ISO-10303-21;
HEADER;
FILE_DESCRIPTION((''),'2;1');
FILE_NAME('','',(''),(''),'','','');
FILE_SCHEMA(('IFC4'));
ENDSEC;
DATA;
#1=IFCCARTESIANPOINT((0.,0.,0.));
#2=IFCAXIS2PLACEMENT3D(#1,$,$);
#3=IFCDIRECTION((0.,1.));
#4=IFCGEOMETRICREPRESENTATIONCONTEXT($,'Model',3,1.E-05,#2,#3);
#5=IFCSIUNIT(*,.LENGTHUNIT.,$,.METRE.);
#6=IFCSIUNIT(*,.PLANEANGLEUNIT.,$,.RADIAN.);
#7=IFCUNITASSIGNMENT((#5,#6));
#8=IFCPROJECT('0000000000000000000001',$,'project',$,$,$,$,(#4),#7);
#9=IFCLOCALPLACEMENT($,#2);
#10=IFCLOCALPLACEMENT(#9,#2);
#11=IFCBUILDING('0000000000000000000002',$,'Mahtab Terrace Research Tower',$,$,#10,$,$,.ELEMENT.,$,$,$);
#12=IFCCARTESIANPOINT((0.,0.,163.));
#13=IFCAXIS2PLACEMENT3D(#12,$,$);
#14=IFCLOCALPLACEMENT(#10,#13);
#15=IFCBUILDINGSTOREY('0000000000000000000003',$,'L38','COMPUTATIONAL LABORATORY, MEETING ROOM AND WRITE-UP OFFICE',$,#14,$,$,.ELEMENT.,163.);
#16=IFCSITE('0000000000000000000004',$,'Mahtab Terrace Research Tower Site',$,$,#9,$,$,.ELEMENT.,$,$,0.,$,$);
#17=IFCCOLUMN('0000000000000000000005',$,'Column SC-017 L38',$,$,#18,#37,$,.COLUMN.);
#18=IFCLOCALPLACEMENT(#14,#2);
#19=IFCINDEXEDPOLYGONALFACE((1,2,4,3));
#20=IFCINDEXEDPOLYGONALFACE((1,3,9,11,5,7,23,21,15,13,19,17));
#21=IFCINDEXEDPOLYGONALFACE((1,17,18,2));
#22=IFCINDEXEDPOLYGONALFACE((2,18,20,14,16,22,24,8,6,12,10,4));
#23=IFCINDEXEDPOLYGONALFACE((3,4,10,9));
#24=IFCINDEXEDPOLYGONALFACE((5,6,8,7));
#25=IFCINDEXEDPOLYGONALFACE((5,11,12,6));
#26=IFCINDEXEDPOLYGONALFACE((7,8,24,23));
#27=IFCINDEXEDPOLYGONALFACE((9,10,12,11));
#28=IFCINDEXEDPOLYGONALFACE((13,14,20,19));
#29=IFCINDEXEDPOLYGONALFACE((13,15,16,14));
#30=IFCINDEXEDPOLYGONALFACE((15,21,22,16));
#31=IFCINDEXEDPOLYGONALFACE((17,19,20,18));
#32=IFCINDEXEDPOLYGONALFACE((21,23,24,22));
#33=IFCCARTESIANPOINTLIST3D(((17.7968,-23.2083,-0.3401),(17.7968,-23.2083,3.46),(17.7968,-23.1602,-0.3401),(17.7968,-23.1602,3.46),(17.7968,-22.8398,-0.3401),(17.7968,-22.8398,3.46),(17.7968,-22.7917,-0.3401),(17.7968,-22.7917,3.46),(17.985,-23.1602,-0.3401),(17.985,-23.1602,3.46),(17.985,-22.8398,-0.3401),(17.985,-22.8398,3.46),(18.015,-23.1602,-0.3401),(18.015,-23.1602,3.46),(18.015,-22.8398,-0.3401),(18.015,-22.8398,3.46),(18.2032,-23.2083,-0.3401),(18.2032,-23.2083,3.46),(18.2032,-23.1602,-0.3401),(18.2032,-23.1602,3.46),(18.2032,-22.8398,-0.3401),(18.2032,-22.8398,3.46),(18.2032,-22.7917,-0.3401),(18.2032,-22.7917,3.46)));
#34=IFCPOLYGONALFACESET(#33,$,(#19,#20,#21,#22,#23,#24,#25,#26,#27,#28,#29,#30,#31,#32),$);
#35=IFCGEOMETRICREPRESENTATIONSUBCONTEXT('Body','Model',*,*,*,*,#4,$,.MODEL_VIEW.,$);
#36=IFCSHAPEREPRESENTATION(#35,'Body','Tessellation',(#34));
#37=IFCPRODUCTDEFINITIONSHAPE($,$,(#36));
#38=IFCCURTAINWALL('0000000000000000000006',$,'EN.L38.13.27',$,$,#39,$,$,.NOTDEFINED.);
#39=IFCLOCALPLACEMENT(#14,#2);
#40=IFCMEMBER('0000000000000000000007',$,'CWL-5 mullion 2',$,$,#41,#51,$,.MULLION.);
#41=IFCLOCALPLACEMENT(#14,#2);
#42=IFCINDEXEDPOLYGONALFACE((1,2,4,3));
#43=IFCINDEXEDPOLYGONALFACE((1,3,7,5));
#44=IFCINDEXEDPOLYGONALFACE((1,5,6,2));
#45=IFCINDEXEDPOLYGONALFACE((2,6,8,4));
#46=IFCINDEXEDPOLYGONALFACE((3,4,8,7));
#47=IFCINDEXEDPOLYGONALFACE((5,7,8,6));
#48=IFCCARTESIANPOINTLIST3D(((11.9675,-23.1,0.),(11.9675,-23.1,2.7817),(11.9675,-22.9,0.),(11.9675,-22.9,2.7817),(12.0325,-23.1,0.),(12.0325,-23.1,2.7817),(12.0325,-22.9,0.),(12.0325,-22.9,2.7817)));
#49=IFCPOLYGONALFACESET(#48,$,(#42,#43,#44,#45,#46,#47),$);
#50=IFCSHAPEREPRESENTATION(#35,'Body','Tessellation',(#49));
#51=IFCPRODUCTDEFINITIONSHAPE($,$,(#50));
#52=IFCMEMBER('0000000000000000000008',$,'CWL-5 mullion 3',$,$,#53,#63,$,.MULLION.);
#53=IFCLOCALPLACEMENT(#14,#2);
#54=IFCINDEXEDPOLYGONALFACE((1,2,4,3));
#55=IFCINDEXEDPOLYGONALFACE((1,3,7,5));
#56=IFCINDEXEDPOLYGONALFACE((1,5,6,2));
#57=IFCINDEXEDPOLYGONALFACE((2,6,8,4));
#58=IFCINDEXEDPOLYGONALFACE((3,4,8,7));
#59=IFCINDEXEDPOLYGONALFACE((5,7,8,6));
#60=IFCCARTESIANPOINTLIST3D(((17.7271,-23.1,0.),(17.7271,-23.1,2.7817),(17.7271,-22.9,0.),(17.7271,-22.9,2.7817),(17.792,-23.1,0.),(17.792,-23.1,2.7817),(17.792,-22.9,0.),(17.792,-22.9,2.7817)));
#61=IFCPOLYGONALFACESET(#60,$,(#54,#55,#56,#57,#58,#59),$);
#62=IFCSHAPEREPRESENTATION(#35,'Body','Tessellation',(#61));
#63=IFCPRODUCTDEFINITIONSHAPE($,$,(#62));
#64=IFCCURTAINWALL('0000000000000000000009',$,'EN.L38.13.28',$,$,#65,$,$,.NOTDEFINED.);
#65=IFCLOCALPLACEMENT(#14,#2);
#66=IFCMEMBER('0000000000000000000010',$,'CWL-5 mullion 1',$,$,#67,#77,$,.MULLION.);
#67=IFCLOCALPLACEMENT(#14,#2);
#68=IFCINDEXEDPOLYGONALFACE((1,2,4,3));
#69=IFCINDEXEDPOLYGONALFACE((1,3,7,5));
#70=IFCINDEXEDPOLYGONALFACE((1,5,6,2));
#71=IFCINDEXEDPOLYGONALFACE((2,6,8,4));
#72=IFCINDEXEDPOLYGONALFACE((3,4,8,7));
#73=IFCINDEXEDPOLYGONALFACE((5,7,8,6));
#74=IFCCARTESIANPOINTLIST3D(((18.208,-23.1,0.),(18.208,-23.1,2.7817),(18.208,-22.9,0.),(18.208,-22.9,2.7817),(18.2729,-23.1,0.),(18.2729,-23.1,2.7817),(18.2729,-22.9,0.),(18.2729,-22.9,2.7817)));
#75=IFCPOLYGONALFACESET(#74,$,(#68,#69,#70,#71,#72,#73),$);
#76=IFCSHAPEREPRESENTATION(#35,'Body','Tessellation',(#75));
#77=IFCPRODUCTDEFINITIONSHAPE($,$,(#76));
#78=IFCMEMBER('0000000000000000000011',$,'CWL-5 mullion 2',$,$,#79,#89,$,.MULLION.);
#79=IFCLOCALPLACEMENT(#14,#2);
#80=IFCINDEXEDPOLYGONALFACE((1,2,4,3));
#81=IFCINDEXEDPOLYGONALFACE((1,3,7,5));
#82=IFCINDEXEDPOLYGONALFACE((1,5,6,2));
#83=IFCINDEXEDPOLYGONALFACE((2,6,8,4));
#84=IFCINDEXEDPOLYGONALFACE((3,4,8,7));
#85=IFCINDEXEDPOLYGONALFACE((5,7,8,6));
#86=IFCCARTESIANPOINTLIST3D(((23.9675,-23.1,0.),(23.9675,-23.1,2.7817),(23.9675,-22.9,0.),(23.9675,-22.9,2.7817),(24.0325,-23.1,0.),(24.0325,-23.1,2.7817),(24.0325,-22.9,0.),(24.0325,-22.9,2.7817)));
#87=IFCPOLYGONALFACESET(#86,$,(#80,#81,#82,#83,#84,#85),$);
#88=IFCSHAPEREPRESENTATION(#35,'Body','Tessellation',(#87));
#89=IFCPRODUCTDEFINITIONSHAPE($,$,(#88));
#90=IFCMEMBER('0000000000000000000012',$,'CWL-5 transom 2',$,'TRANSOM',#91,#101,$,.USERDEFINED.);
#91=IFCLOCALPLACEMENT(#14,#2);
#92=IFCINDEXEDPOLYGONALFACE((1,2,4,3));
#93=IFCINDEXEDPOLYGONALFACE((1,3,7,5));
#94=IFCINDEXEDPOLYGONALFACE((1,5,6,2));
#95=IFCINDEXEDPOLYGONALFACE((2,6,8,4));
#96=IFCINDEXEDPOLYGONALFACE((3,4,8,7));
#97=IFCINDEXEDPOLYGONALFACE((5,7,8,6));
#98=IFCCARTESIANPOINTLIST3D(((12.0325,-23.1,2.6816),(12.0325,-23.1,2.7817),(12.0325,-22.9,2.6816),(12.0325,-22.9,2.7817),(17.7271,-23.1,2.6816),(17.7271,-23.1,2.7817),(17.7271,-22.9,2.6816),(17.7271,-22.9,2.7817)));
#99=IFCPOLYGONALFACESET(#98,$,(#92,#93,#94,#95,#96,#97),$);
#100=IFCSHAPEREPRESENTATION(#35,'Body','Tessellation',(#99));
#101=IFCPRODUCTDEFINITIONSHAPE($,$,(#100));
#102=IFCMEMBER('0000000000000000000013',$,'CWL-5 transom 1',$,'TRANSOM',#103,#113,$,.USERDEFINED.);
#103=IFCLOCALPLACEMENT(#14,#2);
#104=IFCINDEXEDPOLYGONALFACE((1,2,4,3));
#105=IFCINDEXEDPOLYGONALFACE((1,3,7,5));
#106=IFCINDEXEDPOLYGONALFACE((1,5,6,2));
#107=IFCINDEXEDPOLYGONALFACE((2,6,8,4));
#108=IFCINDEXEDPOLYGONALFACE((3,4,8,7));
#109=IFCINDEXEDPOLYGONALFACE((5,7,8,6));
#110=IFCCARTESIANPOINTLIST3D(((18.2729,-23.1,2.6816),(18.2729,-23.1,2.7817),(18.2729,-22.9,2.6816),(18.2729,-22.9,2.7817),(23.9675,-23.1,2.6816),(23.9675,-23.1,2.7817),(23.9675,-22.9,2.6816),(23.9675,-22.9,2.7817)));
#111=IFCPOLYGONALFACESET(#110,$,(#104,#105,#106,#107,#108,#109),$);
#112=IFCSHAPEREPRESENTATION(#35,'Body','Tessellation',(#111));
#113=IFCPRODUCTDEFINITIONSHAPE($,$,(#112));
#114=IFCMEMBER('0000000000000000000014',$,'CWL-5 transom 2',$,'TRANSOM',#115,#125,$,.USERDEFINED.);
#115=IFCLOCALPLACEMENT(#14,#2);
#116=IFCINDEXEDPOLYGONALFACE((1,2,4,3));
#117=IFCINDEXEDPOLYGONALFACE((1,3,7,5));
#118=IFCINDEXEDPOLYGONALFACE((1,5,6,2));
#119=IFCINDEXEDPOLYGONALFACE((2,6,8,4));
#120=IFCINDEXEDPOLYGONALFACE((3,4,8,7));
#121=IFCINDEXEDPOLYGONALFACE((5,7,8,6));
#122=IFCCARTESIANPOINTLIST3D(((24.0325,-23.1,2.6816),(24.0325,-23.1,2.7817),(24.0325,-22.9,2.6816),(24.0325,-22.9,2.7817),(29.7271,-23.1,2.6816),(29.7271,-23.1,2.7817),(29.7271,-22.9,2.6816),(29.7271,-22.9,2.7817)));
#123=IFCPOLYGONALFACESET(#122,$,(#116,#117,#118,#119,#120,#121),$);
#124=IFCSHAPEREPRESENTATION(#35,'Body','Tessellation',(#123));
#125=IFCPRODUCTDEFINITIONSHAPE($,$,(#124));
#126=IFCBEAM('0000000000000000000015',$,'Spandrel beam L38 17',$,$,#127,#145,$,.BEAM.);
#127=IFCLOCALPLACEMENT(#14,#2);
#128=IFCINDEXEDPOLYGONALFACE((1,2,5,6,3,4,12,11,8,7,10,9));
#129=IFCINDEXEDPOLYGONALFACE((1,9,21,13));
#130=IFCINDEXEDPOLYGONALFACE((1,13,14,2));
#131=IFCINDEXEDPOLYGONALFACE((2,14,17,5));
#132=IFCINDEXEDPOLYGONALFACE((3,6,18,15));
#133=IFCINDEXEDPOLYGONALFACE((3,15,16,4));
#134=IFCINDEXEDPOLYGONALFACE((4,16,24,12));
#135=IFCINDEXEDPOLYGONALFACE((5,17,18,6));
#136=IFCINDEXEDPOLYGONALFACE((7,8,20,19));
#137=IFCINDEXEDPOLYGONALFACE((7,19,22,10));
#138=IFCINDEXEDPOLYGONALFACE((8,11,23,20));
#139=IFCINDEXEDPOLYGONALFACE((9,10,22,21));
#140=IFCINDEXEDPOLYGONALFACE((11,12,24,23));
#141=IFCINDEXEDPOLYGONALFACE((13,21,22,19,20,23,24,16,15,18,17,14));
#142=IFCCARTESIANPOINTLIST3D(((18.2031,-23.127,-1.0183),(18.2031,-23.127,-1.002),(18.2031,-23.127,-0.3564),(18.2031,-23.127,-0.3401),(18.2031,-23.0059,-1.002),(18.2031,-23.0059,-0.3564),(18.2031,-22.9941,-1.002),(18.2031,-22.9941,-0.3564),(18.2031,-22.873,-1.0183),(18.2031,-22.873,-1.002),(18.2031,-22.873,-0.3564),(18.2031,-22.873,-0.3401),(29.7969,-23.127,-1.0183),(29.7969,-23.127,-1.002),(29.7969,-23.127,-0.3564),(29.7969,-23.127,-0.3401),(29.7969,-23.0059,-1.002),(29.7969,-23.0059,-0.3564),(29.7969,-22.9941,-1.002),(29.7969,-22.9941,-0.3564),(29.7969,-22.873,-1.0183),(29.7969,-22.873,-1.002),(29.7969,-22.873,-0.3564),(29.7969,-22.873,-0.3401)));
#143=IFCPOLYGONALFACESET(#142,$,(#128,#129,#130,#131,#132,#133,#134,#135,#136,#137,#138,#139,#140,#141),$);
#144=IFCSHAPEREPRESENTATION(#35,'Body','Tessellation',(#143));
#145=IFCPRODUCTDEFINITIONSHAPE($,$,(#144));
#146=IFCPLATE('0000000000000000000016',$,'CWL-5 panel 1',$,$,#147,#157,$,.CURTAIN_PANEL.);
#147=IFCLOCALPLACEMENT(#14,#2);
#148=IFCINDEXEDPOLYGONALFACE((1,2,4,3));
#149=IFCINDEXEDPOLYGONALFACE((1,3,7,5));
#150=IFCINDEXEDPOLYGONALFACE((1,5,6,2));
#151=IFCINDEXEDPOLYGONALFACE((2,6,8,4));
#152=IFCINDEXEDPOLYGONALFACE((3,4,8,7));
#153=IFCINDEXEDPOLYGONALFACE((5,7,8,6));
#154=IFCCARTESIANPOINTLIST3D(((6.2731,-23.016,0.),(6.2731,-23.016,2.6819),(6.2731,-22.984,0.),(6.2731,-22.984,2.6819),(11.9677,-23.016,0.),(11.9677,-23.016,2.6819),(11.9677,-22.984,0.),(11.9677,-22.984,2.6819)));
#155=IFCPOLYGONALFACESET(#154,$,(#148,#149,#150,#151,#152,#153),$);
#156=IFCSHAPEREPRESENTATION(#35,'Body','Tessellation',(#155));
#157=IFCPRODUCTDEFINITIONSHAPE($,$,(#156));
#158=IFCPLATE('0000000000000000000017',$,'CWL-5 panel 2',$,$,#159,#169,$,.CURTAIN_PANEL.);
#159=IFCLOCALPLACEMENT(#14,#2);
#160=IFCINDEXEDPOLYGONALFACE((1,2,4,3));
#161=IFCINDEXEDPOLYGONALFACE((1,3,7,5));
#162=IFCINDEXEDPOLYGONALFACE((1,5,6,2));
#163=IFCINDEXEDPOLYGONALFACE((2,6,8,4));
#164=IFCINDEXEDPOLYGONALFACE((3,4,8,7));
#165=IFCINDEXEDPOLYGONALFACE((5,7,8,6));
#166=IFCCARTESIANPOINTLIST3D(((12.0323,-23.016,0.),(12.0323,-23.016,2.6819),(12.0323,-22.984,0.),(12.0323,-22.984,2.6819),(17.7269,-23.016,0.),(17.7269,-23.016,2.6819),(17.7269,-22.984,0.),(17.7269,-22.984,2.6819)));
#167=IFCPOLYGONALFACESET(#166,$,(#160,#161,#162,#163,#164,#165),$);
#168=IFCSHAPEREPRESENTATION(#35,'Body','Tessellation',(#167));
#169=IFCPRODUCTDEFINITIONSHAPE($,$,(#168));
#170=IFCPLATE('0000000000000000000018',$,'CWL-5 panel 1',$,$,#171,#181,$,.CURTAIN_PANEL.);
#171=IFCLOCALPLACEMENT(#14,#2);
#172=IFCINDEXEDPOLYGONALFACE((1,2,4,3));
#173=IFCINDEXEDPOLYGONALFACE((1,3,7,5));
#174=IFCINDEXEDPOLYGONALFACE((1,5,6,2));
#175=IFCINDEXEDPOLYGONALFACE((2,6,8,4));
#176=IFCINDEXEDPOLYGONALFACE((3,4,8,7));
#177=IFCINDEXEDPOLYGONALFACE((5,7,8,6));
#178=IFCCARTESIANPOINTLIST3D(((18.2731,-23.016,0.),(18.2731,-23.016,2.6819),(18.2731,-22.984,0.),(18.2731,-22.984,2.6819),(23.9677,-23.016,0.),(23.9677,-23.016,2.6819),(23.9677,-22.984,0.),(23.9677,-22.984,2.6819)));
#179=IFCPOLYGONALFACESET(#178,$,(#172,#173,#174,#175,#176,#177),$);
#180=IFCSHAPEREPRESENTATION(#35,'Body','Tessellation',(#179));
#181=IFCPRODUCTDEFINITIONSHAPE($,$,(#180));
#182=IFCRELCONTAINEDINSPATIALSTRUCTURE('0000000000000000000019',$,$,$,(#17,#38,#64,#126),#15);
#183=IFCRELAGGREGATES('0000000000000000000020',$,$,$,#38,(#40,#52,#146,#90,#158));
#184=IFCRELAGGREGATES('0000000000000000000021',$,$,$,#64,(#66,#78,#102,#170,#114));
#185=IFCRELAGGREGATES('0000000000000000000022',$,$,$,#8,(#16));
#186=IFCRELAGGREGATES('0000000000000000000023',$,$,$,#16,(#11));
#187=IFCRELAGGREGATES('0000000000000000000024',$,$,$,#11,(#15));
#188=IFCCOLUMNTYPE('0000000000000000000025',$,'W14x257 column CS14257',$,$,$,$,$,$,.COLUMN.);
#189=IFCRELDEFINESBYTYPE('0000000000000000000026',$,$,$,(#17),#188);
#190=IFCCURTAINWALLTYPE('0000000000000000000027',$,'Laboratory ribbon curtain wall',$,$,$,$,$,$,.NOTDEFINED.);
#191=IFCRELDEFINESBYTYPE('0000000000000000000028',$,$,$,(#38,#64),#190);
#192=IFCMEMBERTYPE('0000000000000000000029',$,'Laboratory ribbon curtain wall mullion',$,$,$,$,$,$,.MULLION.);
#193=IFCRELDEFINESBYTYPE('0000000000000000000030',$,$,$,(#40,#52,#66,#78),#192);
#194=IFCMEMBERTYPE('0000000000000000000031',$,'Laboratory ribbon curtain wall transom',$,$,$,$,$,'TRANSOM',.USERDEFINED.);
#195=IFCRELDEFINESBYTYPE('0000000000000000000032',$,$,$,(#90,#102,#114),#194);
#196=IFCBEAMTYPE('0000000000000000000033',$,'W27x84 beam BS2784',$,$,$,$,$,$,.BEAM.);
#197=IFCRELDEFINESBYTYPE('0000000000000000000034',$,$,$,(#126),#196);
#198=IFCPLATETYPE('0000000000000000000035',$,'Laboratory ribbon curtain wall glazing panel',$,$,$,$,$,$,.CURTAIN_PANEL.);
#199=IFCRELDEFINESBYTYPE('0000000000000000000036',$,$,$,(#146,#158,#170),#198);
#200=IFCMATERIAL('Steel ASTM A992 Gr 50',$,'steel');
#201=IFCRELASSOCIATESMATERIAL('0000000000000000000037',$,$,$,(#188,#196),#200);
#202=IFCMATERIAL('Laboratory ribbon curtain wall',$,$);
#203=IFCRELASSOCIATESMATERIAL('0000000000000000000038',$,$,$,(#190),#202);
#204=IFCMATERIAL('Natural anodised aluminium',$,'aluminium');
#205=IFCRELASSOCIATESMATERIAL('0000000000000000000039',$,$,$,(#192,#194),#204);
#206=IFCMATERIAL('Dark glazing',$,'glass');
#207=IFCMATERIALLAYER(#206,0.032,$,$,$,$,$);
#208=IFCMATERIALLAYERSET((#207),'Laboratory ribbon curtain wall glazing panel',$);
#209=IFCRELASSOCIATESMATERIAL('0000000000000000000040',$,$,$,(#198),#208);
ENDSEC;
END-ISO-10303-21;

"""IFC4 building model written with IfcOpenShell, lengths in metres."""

from ifc_helpers import new_model, si_unit, direction, frame, origin, origin_2d, place, context, subcontext, project, spatial, rectangle, i_section, extrude, material, layer, layer_set, material_profile, profile_set, type_object, element, aggregate, save


model = new_model("IFC4")

# Units and contexts
model_context = context("Model", 3, precision=1e-05, world=origin(), true_north=direction((0.0, 1.0)))
body_context = subcontext(model_context, "Body", "Model", "MODEL_VIEW")
ifc_project = project(units=[si_unit("LENGTHUNIT", "METRE"), si_unit("PLANEANGLEUNIT", "RADIAN")], contexts=[model_context])

# Site, building, storey
site_placement = place(None, origin())
site = spatial("IfcSite", under=ifc_project, at=site_placement, Name="Mahtab Terrace Research Tower Site", CompositionType="ELEMENT", RefElevation=0.0)
building_placement = place(site_placement, origin())
building = spatial("IfcBuilding", under=site, at=building_placement, Name="Mahtab Terrace Research Tower", CompositionType="ELEMENT")
storey_placement = place(building_placement, frame((0.0, 0.0, 163.0)))
storey = spatial("IfcBuildingStorey", under=building, at=storey_placement, Name="L38", Description="COMPUTATIONAL LABORATORY, MEETING ROOM AND WRITE-UP OFFICE", CompositionType="ELEMENT", Elevation=163.0)

# Column
ifc_material_1 = material(Name="Steel ASTM A992 Gr 50", Category="steel")
ifc_material_profile_1 = material_profile(ifc_material_1, i_section(OverallWidth=0.4065, OverallDepth=0.4165, WebThickness=0.03, FlangeThickness=0.0481, at=origin_2d()), Name="W14X257")
ifc_profile_set_1 = profile_set([ifc_material_profile_1], Name="Steel ASTM A992 Gr 50")
column_type = type_object("IfcColumnType", Name="W14x257 column CS14257", PredefinedType="COLUMN", material=ifc_profile_set_1)
column_placement = place(storey_placement, frame((18.0, -23.0, -0.3401), z_axis=(0.0, 0.0, 1.0), x_axis=(1.0, 0.0, 0.0)))
element("IfcColumn", 1, at=column_placement, inside=storey, type_object=column_type, Name="Column SC-017 L38", PredefinedType="COLUMN", context=body_context, shape_type="SweptSolid", body=[
    extrude(i_section(OverallWidth=0.4065, OverallDepth=0.4165, WebThickness=0.03, FlangeThickness=0.0481, at=origin_2d()), origin(), (0.0, 0.0, 1.0), 3.8),
])

# Curtain walls, members
ifc_material_2 = material(Name="Laboratory ribbon curtain wall")
curtain_wall_type = type_object("IfcCurtainWallType", Name="Laboratory ribbon curtain wall", PredefinedType="NOTDEFINED", material=ifc_material_2)
curtain_wall_1_placement = place(storey_placement, origin())
curtain_wall_1 = element("IfcCurtainWall", 2, at=curtain_wall_1_placement, inside=storey, type_object=curtain_wall_type, Name="EN.L38.13.27", PredefinedType="NOTDEFINED")
ifc_material_3 = material(Name="Natural anodised aluminium", Category="aluminium")
ifc_material_profile_2 = material_profile(ifc_material_3, rectangle(XDim=0.2, YDim=0.0649, at=origin_2d()), Name="MULLION 65x200")
ifc_profile_set_2 = profile_set([ifc_material_profile_2], Name="Natural anodised aluminium")
member_type_1 = type_object("IfcMemberType", Name="Laboratory ribbon curtain wall mullion", PredefinedType="MULLION", material=ifc_profile_set_2)
member_1_placement = place(storey_placement, frame((12.0, -23.0, 0.0), z_axis=(0.0, 0.0, 1.0), x_axis=(0.0, 1.0, 0.0)))
member_1 = element("IfcMember", 3, at=member_1_placement, type_object=member_type_1, Name="CWL-5 mullion 2", PredefinedType="MULLION", context=body_context, shape_type="SweptSolid", body=[
    extrude(rectangle(XDim=0.2, YDim=0.0649, at=origin_2d()), origin(), (0.0, 0.0, 1.0), 2.7817),
])
member_2_placement = place(storey_placement, frame((17.7595, -23.0, 0.0), z_axis=(0.0, 0.0, 1.0), x_axis=(0.0, 1.0, 0.0)))
member_2 = element("IfcMember", 4, at=member_2_placement, type_object=member_type_1, Name="CWL-5 mullion 3", PredefinedType="MULLION", context=body_context, shape_type="SweptSolid", body=[
    extrude(rectangle(XDim=0.2, YDim=0.0649, at=origin_2d()), origin(), (0.0, 0.0, 1.0), 2.7817),
])
curtain_wall_2_placement = place(storey_placement, origin())
curtain_wall_2 = element("IfcCurtainWall", 5, at=curtain_wall_2_placement, inside=storey, type_object=curtain_wall_type, Name="EN.L38.13.28", PredefinedType="NOTDEFINED")
member_3_placement = place(storey_placement, frame((18.2405, -23.0, 0.0), z_axis=(0.0, 0.0, 1.0), x_axis=(0.0, 1.0, 0.0)))
member_3 = element("IfcMember", 6, at=member_3_placement, type_object=member_type_1, Name="CWL-5 mullion 1", PredefinedType="MULLION", context=body_context, shape_type="SweptSolid", body=[
    extrude(rectangle(XDim=0.2, YDim=0.0649, at=origin_2d()), origin(), (0.0, 0.0, 1.0), 2.7817),
])
member_4_placement = place(storey_placement, frame((24.0, -23.0, 0.0), z_axis=(0.0, 0.0, 1.0), x_axis=(0.0, 1.0, 0.0)))
member_4 = element("IfcMember", 7, at=member_4_placement, type_object=member_type_1, Name="CWL-5 mullion 2", PredefinedType="MULLION", context=body_context, shape_type="SweptSolid", body=[
    extrude(rectangle(XDim=0.2, YDim=0.0649, at=origin_2d()), origin(), (0.0, 0.0, 1.0), 2.7817),
])

# Members
ifc_material_profile_3 = material_profile(ifc_material_3, rectangle(XDim=0.2, YDim=0.1001, at=origin_2d()), Name="TRANSOM 100x200")
ifc_profile_set_3 = profile_set([ifc_material_profile_3], Name="Natural anodised aluminium")
member_type_2 = type_object("IfcMemberType", Name="Laboratory ribbon curtain wall transom", ElementType="TRANSOM", PredefinedType="USERDEFINED", material=ifc_profile_set_3)
member_5_placement = place(storey_placement, frame((12.0325, -23.0, 2.7317), z_axis=(1.0, 0.0, 0.0), x_axis=(0.0, 1.0, 0.0)))
member_5 = element("IfcMember", 8, at=member_5_placement, type_object=member_type_2, Name="CWL-5 transom 2", ObjectType="TRANSOM", PredefinedType="USERDEFINED", context=body_context, shape_type="SweptSolid", body=[
    extrude(rectangle(XDim=0.2, YDim=0.1001, at=origin_2d()), origin(), (0.0, 0.0, 1.0), 5.6946),
])
member_6_placement = place(storey_placement, frame((18.2729, -23.0, 2.7317), z_axis=(1.0, 0.0, 0.0), x_axis=(0.0, 1.0, 0.0)))
member_6 = element("IfcMember", 9, at=member_6_placement, type_object=member_type_2, Name="CWL-5 transom 1", ObjectType="TRANSOM", PredefinedType="USERDEFINED", context=body_context, shape_type="SweptSolid", body=[
    extrude(rectangle(XDim=0.2, YDim=0.1001, at=origin_2d()), origin(), (0.0, 0.0, 1.0), 5.6946),
])
member_7_placement = place(storey_placement, frame((24.0325, -23.0, 2.7317), z_axis=(1.0, 0.0, 0.0), x_axis=(0.0, 1.0, 0.0)))
member_7 = element("IfcMember", 10, at=member_7_placement, type_object=member_type_2, Name="CWL-5 transom 2", ObjectType="TRANSOM", PredefinedType="USERDEFINED", context=body_context, shape_type="SweptSolid", body=[
    extrude(rectangle(XDim=0.2, YDim=0.1001, at=origin_2d()), origin(), (0.0, 0.0, 1.0), 5.6946),
])

# Beam
ifc_material_profile_4 = material_profile(ifc_material_1, i_section(OverallWidth=0.2539, OverallDepth=0.6782, WebThickness=0.0117, FlangeThickness=0.0164, at=origin_2d()), Name="W27X84")
ifc_profile_set_4 = profile_set([ifc_material_profile_4], Name="Steel ASTM A992 Gr 50")
beam_type = type_object("IfcBeamType", Name="W27x84 beam BS2784", PredefinedType="BEAM", material=ifc_profile_set_4)
beam_placement = place(storey_placement, frame((18.2031, -23.0, -0.6792), z_axis=(1.0, 0.0, 0.0), x_axis=(0.0, 1.0, 0.0)))
element("IfcBeam", 11, at=beam_placement, inside=storey, type_object=beam_type, Name="Spandrel beam L38 17", PredefinedType="BEAM", context=body_context, shape_type="SweptSolid", body=[
    extrude(i_section(OverallWidth=0.2539, OverallDepth=0.6782, WebThickness=0.0117, FlangeThickness=0.0164, at=origin_2d()), origin(), (0.0, 0.0, 1.0), 11.5938),
])

# Plates
ifc_material_4 = material(Name="Dark glazing", Category="glass")
ifc_layer = layer(ifc_material_4, 0.032)
ifc_layer_set = layer_set([ifc_layer], Name="Laboratory ribbon curtain wall glazing panel")
plate_type = type_object("IfcPlateType", Name="Laboratory ribbon curtain wall glazing panel", PredefinedType="CURTAIN_PANEL", material=ifc_layer_set)
plate_1_placement = place(storey_placement, frame((9.1204, -23.0, 0.0), z_axis=(0.0, 0.0, 1.0), x_axis=(1.0, 0.0, 0.0)))
plate_1 = element("IfcPlate", 12, at=plate_1_placement, type_object=plate_type, Name="CWL-5 panel 1", PredefinedType="CURTAIN_PANEL", context=body_context, shape_type="SweptSolid", body=[
    extrude(rectangle(XDim=5.6946, YDim=0.032, at=origin_2d()), origin(), (0.0, 0.0, 1.0), 2.6819),
])
plate_2_placement = place(storey_placement, frame((14.8796, -23.0, 0.0), z_axis=(0.0, 0.0, 1.0), x_axis=(1.0, 0.0, 0.0)))
plate_2 = element("IfcPlate", 13, at=plate_2_placement, type_object=plate_type, Name="CWL-5 panel 2", PredefinedType="CURTAIN_PANEL", context=body_context, shape_type="SweptSolid", body=[
    extrude(rectangle(XDim=5.6946, YDim=0.032, at=origin_2d()), origin(), (0.0, 0.0, 1.0), 2.6819),
])
aggregate(curtain_wall_1, [member_1, member_2, plate_1, member_5, plate_2])
plate_3_placement = place(storey_placement, frame((21.1204, -23.0, 0.0), z_axis=(0.0, 0.0, 1.0), x_axis=(1.0, 0.0, 0.0)))
plate_3 = element("IfcPlate", 14, at=plate_3_placement, type_object=plate_type, Name="CWL-5 panel 1", PredefinedType="CURTAIN_PANEL", context=body_context, shape_type="SweptSolid", body=[
    extrude(rectangle(XDim=5.6946, YDim=0.032, at=origin_2d()), origin(), (0.0, 0.0, 1.0), 2.6819),
])
aggregate(curtain_wall_2, [member_3, member_4, member_6, plate_3, member_7])

save(model, "model.ifc")
